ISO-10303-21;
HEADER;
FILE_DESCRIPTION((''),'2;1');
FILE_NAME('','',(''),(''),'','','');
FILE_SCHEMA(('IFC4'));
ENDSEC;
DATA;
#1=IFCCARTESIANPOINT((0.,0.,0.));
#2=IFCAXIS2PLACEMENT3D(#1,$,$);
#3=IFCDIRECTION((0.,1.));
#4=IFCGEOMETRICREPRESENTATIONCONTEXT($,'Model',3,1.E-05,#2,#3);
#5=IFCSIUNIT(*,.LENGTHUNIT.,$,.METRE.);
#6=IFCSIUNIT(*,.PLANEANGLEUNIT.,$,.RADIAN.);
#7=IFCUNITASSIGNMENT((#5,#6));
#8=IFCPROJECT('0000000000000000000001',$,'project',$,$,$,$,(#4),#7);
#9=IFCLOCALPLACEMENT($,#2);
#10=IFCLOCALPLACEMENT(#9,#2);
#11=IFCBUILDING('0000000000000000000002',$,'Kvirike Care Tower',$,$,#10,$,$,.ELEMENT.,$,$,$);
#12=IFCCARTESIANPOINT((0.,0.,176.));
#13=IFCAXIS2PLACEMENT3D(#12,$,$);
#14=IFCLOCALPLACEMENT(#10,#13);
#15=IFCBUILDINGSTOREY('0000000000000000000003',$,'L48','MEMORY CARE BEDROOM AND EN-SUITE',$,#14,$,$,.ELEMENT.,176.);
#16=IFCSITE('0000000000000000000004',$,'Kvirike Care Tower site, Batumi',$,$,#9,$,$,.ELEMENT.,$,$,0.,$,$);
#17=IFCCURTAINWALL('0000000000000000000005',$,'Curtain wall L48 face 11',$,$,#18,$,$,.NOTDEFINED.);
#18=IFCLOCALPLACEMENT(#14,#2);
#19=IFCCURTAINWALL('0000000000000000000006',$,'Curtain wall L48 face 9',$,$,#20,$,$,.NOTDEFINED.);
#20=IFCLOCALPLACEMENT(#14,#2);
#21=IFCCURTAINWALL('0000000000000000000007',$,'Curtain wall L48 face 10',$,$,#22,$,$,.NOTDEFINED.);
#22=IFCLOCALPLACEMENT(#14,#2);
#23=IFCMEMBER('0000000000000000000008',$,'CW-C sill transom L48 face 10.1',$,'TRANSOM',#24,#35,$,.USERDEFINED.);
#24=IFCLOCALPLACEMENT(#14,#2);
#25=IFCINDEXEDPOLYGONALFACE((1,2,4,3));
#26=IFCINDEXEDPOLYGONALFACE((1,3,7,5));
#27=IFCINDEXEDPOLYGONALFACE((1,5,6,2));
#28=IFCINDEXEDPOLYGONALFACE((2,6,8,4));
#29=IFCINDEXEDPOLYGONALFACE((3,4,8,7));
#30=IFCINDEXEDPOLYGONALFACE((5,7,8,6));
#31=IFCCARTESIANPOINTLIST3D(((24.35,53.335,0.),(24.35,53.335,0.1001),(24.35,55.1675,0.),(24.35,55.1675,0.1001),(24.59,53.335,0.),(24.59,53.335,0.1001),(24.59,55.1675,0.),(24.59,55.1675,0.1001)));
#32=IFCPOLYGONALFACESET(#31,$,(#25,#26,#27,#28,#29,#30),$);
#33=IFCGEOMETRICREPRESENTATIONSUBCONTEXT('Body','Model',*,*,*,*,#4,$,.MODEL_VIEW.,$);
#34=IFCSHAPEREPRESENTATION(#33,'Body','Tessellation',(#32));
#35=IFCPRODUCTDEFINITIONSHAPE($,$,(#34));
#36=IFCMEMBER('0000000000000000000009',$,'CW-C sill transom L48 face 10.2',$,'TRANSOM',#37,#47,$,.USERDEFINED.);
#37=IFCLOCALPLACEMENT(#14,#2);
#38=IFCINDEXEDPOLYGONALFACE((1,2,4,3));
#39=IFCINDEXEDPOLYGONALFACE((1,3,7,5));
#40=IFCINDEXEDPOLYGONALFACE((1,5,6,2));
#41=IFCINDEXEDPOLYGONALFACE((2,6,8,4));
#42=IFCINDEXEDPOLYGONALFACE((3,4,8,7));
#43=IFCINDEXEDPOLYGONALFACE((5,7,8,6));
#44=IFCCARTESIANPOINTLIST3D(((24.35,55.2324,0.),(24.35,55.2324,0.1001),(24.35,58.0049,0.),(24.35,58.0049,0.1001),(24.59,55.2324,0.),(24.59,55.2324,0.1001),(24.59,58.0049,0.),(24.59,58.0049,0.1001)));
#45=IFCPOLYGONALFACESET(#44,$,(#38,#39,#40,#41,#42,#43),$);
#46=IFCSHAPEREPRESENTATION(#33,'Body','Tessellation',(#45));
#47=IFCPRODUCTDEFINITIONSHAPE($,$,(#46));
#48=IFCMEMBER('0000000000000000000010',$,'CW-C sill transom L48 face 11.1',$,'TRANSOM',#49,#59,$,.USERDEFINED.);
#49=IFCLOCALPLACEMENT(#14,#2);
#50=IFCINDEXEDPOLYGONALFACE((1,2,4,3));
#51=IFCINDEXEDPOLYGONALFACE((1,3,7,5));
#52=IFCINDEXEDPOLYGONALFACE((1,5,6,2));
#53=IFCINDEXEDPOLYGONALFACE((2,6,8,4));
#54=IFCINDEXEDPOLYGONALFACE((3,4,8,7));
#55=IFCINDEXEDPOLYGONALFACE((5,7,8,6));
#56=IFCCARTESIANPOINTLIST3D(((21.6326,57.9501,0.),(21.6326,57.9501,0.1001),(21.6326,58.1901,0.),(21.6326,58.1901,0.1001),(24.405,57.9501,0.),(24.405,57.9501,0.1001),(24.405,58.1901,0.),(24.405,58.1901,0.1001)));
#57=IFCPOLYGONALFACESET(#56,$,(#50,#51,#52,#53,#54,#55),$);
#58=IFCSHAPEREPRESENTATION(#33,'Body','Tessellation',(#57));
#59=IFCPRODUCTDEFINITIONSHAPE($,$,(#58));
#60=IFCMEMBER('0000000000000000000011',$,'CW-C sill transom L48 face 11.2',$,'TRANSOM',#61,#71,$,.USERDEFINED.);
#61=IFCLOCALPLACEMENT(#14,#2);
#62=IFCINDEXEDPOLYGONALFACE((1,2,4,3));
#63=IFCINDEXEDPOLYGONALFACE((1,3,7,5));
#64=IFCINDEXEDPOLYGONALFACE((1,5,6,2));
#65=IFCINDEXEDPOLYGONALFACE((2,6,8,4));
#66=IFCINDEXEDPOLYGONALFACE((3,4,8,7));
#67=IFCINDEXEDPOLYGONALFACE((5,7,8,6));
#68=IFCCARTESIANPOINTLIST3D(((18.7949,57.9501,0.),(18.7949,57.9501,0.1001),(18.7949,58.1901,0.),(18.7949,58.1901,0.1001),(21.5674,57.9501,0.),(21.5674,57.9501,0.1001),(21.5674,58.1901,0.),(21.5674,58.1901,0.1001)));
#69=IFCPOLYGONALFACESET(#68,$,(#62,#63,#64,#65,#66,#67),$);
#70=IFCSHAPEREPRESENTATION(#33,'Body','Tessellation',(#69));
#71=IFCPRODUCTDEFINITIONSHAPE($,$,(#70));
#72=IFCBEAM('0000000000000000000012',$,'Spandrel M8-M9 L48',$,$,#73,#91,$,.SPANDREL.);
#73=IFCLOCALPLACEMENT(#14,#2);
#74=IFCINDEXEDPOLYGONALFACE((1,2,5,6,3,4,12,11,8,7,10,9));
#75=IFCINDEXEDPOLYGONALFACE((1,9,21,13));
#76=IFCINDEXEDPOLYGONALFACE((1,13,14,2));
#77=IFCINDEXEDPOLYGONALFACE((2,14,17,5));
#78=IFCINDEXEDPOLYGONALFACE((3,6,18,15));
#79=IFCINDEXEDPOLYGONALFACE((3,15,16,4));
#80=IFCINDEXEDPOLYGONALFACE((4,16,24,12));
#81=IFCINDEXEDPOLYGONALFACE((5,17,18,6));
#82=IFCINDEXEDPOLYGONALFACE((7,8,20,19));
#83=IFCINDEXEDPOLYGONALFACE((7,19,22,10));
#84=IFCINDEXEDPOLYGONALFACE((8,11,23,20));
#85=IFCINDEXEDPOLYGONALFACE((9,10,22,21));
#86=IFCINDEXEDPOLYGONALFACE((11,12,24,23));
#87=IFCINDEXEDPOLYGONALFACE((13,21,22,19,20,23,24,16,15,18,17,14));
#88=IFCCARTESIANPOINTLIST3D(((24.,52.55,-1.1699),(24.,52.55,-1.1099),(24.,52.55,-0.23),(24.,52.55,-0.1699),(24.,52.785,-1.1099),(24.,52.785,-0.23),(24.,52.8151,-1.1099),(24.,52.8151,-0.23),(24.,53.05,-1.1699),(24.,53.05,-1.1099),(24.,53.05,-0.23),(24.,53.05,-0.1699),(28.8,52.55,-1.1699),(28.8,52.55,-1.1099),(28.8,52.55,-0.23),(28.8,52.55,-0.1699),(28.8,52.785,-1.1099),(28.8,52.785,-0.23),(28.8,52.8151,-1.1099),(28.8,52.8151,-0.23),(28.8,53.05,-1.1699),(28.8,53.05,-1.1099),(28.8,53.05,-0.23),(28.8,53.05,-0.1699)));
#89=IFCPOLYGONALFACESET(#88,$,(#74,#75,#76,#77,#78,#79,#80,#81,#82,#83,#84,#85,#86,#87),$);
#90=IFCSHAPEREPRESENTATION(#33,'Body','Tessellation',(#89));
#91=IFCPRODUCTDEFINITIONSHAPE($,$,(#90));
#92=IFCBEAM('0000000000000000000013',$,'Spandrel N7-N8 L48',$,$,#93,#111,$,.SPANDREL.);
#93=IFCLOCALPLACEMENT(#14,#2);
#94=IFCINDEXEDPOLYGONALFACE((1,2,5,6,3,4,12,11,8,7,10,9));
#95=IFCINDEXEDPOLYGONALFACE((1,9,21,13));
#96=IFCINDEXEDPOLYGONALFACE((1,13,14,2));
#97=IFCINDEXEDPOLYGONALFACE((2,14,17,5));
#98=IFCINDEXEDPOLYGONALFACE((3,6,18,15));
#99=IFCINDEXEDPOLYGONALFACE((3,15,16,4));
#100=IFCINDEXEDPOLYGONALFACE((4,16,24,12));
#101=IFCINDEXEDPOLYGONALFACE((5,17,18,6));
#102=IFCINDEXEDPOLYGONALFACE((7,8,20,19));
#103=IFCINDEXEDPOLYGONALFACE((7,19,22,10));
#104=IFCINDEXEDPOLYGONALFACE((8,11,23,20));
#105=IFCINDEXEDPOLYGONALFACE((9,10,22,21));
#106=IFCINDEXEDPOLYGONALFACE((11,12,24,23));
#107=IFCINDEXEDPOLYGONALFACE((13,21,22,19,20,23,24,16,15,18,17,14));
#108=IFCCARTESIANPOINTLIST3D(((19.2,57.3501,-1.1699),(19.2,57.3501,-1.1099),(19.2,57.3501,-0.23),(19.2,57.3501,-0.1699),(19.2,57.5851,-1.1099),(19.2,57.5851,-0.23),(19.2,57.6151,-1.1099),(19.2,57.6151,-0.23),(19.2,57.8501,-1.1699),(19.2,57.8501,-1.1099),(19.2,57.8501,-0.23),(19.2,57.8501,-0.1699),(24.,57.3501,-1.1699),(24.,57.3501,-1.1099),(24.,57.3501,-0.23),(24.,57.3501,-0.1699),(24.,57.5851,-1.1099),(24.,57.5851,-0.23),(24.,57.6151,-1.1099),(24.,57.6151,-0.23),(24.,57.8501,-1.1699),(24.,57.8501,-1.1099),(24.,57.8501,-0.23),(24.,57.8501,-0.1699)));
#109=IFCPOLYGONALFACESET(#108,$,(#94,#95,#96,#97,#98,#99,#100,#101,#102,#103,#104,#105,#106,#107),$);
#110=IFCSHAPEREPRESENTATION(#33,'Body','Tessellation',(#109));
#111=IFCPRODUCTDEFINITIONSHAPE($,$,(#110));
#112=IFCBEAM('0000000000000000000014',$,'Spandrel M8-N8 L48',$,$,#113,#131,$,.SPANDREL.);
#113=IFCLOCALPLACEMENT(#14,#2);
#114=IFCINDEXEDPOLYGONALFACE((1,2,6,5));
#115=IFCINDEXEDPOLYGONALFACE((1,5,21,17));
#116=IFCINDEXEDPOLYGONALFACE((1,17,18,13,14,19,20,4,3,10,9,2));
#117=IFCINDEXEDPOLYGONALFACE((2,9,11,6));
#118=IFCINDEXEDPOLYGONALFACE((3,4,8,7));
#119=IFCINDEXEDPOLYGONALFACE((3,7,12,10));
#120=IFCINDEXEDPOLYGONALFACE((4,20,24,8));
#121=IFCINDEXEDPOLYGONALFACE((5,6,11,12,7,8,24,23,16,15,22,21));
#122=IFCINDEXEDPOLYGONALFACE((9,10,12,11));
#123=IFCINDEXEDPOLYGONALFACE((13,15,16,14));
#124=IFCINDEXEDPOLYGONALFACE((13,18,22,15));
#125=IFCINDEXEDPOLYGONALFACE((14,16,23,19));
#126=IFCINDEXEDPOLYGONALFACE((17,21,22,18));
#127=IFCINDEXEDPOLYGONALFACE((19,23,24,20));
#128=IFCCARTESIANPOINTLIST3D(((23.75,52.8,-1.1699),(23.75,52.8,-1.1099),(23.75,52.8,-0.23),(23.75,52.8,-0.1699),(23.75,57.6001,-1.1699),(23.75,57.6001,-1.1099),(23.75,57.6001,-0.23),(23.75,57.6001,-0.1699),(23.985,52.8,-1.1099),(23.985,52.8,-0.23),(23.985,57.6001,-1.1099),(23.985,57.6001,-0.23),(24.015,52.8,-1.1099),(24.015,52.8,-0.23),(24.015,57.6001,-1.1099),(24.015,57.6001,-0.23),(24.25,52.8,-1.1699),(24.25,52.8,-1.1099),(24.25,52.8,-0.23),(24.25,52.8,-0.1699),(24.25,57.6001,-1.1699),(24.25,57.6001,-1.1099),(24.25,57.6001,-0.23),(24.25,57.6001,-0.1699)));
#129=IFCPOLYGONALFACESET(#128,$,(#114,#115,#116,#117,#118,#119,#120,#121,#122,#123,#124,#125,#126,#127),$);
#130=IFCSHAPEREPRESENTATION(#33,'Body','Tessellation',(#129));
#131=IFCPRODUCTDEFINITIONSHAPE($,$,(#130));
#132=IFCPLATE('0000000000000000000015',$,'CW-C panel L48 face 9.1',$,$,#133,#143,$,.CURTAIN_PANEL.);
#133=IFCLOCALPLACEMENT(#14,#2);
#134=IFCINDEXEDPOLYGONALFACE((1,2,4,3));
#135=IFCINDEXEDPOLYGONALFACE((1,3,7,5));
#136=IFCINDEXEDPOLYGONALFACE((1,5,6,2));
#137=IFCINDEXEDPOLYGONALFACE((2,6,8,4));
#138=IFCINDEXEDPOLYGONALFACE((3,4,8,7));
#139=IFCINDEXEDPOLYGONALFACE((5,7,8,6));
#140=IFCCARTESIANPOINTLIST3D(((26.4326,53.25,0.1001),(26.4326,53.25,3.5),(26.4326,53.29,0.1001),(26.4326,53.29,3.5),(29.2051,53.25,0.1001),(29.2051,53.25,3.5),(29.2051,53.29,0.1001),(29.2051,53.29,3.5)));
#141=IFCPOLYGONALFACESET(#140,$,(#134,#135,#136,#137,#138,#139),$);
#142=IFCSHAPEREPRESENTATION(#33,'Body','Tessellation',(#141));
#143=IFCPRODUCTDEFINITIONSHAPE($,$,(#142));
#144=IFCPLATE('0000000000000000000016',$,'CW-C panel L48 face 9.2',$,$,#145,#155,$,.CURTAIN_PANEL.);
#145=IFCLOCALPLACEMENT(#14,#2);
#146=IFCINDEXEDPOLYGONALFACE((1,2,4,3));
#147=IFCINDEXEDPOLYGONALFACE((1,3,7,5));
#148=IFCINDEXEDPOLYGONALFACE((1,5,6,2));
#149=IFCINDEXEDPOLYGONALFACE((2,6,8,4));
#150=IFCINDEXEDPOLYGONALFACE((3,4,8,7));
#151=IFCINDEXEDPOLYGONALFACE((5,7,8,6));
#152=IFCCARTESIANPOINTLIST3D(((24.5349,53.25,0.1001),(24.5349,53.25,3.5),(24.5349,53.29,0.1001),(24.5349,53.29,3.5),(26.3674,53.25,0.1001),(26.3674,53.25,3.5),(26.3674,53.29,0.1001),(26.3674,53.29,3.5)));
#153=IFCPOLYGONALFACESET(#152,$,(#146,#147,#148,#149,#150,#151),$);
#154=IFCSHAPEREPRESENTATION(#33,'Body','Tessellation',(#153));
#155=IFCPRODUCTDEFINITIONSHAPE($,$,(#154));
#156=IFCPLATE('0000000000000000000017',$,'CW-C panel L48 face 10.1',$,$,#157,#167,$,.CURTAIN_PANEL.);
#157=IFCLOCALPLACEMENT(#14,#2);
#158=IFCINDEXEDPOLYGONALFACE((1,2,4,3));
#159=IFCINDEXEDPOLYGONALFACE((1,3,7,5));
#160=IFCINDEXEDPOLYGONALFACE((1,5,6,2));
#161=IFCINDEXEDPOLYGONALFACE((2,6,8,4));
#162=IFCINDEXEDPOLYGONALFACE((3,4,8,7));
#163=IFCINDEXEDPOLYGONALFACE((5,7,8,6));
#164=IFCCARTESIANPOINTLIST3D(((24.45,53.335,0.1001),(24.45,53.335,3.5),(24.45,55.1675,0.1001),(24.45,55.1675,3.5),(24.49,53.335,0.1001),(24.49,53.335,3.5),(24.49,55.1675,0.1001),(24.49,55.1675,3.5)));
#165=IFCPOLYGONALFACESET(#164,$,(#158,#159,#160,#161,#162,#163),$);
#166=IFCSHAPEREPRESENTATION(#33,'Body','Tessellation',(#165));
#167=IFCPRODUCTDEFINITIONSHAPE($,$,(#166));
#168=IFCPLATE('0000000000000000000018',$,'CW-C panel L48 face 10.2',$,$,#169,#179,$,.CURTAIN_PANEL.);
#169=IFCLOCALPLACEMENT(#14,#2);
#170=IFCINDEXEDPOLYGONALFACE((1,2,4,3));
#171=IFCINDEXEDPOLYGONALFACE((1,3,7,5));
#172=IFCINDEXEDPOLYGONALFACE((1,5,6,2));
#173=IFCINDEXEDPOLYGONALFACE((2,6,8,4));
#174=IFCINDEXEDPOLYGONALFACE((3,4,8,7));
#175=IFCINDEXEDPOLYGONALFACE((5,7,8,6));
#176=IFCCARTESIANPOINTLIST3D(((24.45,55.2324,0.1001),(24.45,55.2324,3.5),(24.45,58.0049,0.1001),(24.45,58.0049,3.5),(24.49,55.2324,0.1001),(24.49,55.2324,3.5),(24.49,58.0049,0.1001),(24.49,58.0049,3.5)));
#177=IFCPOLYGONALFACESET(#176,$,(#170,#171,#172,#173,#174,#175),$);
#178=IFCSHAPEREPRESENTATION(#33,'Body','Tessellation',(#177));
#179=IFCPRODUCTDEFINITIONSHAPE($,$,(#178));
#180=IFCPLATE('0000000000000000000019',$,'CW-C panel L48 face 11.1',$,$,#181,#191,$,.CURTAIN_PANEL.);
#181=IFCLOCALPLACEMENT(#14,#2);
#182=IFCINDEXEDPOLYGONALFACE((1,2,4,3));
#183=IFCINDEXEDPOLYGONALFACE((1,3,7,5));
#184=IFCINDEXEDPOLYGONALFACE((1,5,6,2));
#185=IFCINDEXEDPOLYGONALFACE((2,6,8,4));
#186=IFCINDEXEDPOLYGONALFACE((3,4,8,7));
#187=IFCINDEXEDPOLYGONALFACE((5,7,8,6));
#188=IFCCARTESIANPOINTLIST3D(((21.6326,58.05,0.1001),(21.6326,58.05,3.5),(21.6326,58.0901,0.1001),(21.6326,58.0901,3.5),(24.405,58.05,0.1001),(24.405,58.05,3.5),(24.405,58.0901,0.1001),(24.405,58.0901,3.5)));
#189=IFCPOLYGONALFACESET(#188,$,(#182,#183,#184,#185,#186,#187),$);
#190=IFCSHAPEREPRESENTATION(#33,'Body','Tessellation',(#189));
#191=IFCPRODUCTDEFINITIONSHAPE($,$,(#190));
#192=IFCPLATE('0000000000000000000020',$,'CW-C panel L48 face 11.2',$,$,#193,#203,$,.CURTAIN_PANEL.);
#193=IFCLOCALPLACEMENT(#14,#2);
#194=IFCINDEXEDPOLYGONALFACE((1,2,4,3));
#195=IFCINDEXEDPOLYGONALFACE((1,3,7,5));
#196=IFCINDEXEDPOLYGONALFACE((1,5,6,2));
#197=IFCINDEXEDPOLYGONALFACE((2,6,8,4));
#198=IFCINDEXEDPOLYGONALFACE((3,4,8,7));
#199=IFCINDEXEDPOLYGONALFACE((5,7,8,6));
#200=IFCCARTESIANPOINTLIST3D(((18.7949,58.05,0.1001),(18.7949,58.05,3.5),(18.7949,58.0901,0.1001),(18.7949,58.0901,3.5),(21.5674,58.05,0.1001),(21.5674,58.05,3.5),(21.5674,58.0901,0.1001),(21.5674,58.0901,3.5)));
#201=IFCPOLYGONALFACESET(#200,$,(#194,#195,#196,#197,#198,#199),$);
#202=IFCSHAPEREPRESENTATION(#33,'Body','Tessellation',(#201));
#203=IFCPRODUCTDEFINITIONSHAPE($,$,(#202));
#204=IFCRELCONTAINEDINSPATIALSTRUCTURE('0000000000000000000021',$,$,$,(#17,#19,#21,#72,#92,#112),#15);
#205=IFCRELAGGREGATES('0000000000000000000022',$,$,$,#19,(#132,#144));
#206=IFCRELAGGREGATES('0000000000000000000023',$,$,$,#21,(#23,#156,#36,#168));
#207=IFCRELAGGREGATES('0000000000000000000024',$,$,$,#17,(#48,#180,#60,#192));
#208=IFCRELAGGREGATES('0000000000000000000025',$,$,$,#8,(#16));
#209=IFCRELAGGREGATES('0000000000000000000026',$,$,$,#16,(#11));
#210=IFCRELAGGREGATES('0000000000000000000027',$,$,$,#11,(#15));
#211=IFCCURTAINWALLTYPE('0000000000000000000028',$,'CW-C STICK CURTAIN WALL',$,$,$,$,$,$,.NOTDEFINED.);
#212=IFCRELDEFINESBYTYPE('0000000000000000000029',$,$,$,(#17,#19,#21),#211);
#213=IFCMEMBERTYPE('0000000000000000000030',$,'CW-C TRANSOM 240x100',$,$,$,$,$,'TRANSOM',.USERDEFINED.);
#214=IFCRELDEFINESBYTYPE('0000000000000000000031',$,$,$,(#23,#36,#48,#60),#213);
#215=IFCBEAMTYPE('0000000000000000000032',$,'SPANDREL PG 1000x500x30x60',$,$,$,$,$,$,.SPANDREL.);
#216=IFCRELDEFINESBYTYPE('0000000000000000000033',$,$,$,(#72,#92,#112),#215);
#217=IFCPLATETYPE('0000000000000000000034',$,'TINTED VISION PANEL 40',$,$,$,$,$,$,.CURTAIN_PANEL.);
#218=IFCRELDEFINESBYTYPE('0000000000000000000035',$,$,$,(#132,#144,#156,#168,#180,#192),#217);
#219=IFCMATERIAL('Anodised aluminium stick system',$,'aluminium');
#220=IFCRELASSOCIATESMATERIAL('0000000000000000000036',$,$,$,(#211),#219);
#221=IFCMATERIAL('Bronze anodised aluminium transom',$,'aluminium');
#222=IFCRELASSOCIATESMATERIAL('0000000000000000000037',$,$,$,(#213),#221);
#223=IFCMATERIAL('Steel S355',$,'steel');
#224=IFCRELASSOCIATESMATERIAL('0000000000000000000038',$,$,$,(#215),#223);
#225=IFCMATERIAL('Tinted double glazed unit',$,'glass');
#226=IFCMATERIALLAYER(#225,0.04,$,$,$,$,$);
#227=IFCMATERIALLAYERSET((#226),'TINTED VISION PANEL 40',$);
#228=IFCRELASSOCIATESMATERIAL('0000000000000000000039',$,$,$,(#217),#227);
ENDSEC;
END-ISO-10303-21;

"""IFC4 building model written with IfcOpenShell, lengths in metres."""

from ifc_helpers import new_model, si_unit, direction, frame, origin, origin_2d, place, context, subcontext, project, spatial, rectangle, i_section, extrude, material, layer, layer_set, material_profile, profile_set, type_object, element, aggregate, save


model = new_model("IFC4")

# Units and contexts
model_context = context("Model", 3, precision=1e-05, world=origin(), true_north=direction((0.0, 1.0)))
body_context = subcontext(model_context, "Body", "Model", "MODEL_VIEW")
ifc_project = project(units=[si_unit("LENGTHUNIT", "METRE"), si_unit("PLANEANGLEUNIT", "RADIAN")], contexts=[model_context])

# Site, building, storey
site_placement = place(None, origin())
site = spatial("IfcSite", under=ifc_project, at=site_placement, Name="Kvirike Care Tower site, Batumi", CompositionType="ELEMENT", RefElevation=0.0)
building_placement = place(site_placement, origin())
building = spatial("IfcBuilding", under=site, at=building_placement, Name="Kvirike Care Tower", CompositionType="ELEMENT")
storey_placement = place(building_placement, frame((0.0, 0.0, 176.0)))
storey = spatial("IfcBuildingStorey", under=building, at=storey_placement, Name="L48", Description="MEMORY CARE BEDROOM AND EN-SUITE", CompositionType="ELEMENT", Elevation=176.0)

# Curtain wall
ifc_material_1 = material(Name="Anodised aluminium stick system", Category="aluminium")
curtain_wall_type = type_object("IfcCurtainWallType", Name="CW-C STICK CURTAIN WALL", PredefinedType="NOTDEFINED", material=ifc_material_1)
curtain_wall_1_placement = place(storey_placement, origin())
curtain_wall_1 = element("IfcCurtainWall", 1, at=curtain_wall_1_placement, inside=storey, type_object=curtain_wall_type, Name="Curtain wall L48 face 11", PredefinedType="NOTDEFINED")

# Curtain walls
curtain_wall_2_placement = place(storey_placement, origin())
curtain_wall_2 = element("IfcCurtainWall", 2, at=curtain_wall_2_placement, inside=storey, type_object=curtain_wall_type, Name="Curtain wall L48 face 9", PredefinedType="NOTDEFINED")
curtain_wall_3_placement = place(storey_placement, origin())
curtain_wall_3 = element("IfcCurtainWall", 3, at=curtain_wall_3_placement, inside=storey, type_object=curtain_wall_type, Name="Curtain wall L48 face 10", PredefinedType="NOTDEFINED")

# Members
ifc_material_2 = material(Name="Bronze anodised aluminium transom", Category="aluminium")
ifc_material_profile_1 = material_profile(ifc_material_2, rectangle(XDim=0.24, YDim=0.1001, at=origin_2d()), Name="CW-C TRANSOM 240x100")
ifc_profile_set_1 = profile_set([ifc_material_profile_1], Name="Bronze anodised aluminium transom")
member_type_1 = type_object("IfcMemberType", Name="CW-C TRANSOM 240x100", ElementType="TRANSOM", PredefinedType="USERDEFINED", material=ifc_profile_set_1)
member_1_placement = place(storey_placement, frame((24.47, 53.335, 0.05), z_axis=(0.0, 1.0, 0.0), x_axis=(-1.0, 0.0, 0.0)))
member_1 = element("IfcMember", 4, at=member_1_placement, type_object=member_type_1, Name="CW-C sill transom L48 face 10.1", ObjectType="TRANSOM", PredefinedType="USERDEFINED", context=body_context, shape_type="SweptSolid", body=[
    extrude(rectangle(XDim=0.24, YDim=0.1001, at=origin_2d()), origin(), (0.0, 0.0, 1.0), 1.8325),
])
member_2_placement = place(storey_placement, frame((24.47, 55.2324, 0.05), z_axis=(0.0, 1.0, 0.0), x_axis=(-1.0, 0.0, 0.0)))
member_2 = element("IfcMember", 5, at=member_2_placement, type_object=member_type_1, Name="CW-C sill transom L48 face 10.2", ObjectType="TRANSOM", PredefinedType="USERDEFINED", context=body_context, shape_type="SweptSolid", body=[
    extrude(rectangle(XDim=0.24, YDim=0.1001, at=origin_2d()), origin(), (0.0, 0.0, 1.0), 2.7725),
])
member_3_placement = place(storey_placement, frame((24.405, 58.0701, 0.05), z_axis=(-1.0, 0.0, 0.0), x_axis=(0.0, -1.0, 0.0)))
member_3 = element("IfcMember", 6, at=member_3_placement, type_object=member_type_1, Name="CW-C sill transom L48 face 11.1", ObjectType="TRANSOM", PredefinedType="USERDEFINED", context=body_context, shape_type="SweptSolid", body=[
    extrude(rectangle(XDim=0.24, YDim=0.1001, at=origin_2d()), origin(), (0.0, 0.0, 1.0), 2.7725),
])
member_4_placement = place(storey_placement, frame((21.5674, 58.0701, 0.05), z_axis=(-1.0, 0.0, 0.0), x_axis=(0.0, -1.0, 0.0)))
member_4 = element("IfcMember", 7, at=member_4_placement, type_object=member_type_1, Name="CW-C sill transom L48 face 11.2", ObjectType="TRANSOM", PredefinedType="USERDEFINED", context=body_context, shape_type="SweptSolid", body=[
    extrude(rectangle(XDim=0.24, YDim=0.1001, at=origin_2d()), origin(), (0.0, 0.0, 1.0), 2.7725),
])

# Beams
ifc_material_3 = material(Name="Steel S355", Category="steel")
ifc_material_profile_2 = material_profile(ifc_material_3, i_section(OverallWidth=0.5, OverallDepth=1.0, WebThickness=0.03, FlangeThickness=0.0601, at=origin_2d()), Name="PG 1000x500x30x60")
ifc_profile_set_2 = profile_set([ifc_material_profile_2], Name="Steel S355")
beam_type = type_object("IfcBeamType", Name="SPANDREL PG 1000x500x30x60", PredefinedType="SPANDREL", material=ifc_profile_set_2)
for number, where, z_axis, x_axis, name in (
    (8, (24.0, 52.8, -0.6699), (1.0, 0.0, 0.0), (0.0, 1.0, 0.0), "Spandrel M8-M9 L48"),
    (9, (19.2, 57.6001, -0.6699), (1.0, 0.0, 0.0), (0.0, 1.0, 0.0), "Spandrel N7-N8 L48"),
    (10, (24.0, 52.8, -0.6699), (0.0, 1.0, 0.0), (-1.0, 0.0, 0.0), "Spandrel M8-N8 L48"),
):
    element("IfcBeam", number, at=place(storey_placement, frame(where, z_axis=z_axis, x_axis=x_axis)), inside=storey, type_object=beam_type, Name=name, PredefinedType="SPANDREL", context=body_context, shape_type="SweptSolid", body=[
        extrude(i_section(OverallWidth=0.5, OverallDepth=1.0, WebThickness=0.03, FlangeThickness=0.0601, at=origin_2d()), origin(), (0.0, 0.0, 1.0), 4.8),
    ])

# Plates
ifc_material_4 = material(Name="Tinted double glazed unit", Category="glass")
ifc_layer_1 = layer(ifc_material_4, 0.04)
ifc_layer_set_1 = layer_set([ifc_layer_1], Name="TINTED VISION PANEL 40")
plate_type = type_object("IfcPlateType", Name="TINTED VISION PANEL 40", PredefinedType="CURTAIN_PANEL", material=ifc_layer_set_1)
plate_1_placement = place(storey_placement, frame((27.8188, 53.27, 0.1001), z_axis=(0.0, 0.0, 1.0), x_axis=(-1.0, 0.0, 0.0)))
plate_1 = element("IfcPlate", 11, at=plate_1_placement, type_object=plate_type, Name="CW-C panel L48 face 9.1", PredefinedType="CURTAIN_PANEL", context=body_context, shape_type="SweptSolid", body=[
    extrude(rectangle(XDim=2.7725, YDim=0.04, at=origin_2d()), origin(), (0.0, 0.0, 1.0), 3.3999),
])
plate_2_placement = place(storey_placement, frame((25.4512, 53.27, 0.1001), z_axis=(0.0, 0.0, 1.0), x_axis=(-1.0, 0.0, 0.0)))
plate_2 = element("IfcPlate", 12, at=plate_2_placement, type_object=plate_type, Name="CW-C panel L48 face 9.2", PredefinedType="CURTAIN_PANEL", context=body_context, shape_type="SweptSolid", body=[
    extrude(rectangle(XDim=1.8325, YDim=0.04, at=origin_2d()), origin(), (0.0, 0.0, 1.0), 3.3999),
])
aggregate(curtain_wall_2, [plate_1, plate_2])
plate_3_placement = place(storey_placement, frame((24.47, 54.2512, 0.1001), z_axis=(0.0, 0.0, 1.0), x_axis=(0.0, 1.0, 0.0)))
plate_3 = element("IfcPlate", 13, at=plate_3_placement, type_object=plate_type, Name="CW-C panel L48 face 10.1", PredefinedType="CURTAIN_PANEL", context=body_context, shape_type="SweptSolid", body=[
    extrude(rectangle(XDim=1.8325, YDim=0.04, at=origin_2d()), origin(), (0.0, 0.0, 1.0), 3.3999),
])
plate_4_placement = place(storey_placement, frame((24.47, 56.6187, 0.1001), z_axis=(0.0, 0.0, 1.0), x_axis=(0.0, 1.0, 0.0)))
plate_4 = element("IfcPlate", 14, at=plate_4_placement, type_object=plate_type, Name="CW-C panel L48 face 10.2", PredefinedType="CURTAIN_PANEL", context=body_context, shape_type="SweptSolid", body=[
    extrude(rectangle(XDim=2.7725, YDim=0.04, at=origin_2d()), origin(), (0.0, 0.0, 1.0), 3.3999),
])
aggregate(curtain_wall_3, [member_1, plate_3, member_2, plate_4])
plate_5_placement = place(storey_placement, frame((23.0188, 58.0701, 0.1001), z_axis=(0.0, 0.0, 1.0), x_axis=(-1.0, 0.0, 0.0)))
plate_5 = element("IfcPlate", 15, at=plate_5_placement, type_object=plate_type, Name="CW-C panel L48 face 11.1", PredefinedType="CURTAIN_PANEL", context=body_context, shape_type="SweptSolid", body=[
    extrude(rectangle(XDim=2.7725, YDim=0.04, at=origin_2d()), origin(), (0.0, 0.0, 1.0), 3.3999),
])
plate_6_placement = place(storey_placement, frame((20.1812, 58.0701, 0.1001), z_axis=(0.0, 0.0, 1.0), x_axis=(-1.0, 0.0, 0.0)))
plate_6 = element("IfcPlate", 16, at=plate_6_placement, type_object=plate_type, Name="CW-C panel L48 face 11.2", PredefinedType="CURTAIN_PANEL", context=body_context, shape_type="SweptSolid", body=[
    extrude(rectangle(XDim=2.7725, YDim=0.04, at=origin_2d()), origin(), (0.0, 0.0, 1.0), 3.3999),
])
aggregate(curtain_wall_1, [member_3, plate_5, member_4, plate_6])

save(model, "model.ifc")
